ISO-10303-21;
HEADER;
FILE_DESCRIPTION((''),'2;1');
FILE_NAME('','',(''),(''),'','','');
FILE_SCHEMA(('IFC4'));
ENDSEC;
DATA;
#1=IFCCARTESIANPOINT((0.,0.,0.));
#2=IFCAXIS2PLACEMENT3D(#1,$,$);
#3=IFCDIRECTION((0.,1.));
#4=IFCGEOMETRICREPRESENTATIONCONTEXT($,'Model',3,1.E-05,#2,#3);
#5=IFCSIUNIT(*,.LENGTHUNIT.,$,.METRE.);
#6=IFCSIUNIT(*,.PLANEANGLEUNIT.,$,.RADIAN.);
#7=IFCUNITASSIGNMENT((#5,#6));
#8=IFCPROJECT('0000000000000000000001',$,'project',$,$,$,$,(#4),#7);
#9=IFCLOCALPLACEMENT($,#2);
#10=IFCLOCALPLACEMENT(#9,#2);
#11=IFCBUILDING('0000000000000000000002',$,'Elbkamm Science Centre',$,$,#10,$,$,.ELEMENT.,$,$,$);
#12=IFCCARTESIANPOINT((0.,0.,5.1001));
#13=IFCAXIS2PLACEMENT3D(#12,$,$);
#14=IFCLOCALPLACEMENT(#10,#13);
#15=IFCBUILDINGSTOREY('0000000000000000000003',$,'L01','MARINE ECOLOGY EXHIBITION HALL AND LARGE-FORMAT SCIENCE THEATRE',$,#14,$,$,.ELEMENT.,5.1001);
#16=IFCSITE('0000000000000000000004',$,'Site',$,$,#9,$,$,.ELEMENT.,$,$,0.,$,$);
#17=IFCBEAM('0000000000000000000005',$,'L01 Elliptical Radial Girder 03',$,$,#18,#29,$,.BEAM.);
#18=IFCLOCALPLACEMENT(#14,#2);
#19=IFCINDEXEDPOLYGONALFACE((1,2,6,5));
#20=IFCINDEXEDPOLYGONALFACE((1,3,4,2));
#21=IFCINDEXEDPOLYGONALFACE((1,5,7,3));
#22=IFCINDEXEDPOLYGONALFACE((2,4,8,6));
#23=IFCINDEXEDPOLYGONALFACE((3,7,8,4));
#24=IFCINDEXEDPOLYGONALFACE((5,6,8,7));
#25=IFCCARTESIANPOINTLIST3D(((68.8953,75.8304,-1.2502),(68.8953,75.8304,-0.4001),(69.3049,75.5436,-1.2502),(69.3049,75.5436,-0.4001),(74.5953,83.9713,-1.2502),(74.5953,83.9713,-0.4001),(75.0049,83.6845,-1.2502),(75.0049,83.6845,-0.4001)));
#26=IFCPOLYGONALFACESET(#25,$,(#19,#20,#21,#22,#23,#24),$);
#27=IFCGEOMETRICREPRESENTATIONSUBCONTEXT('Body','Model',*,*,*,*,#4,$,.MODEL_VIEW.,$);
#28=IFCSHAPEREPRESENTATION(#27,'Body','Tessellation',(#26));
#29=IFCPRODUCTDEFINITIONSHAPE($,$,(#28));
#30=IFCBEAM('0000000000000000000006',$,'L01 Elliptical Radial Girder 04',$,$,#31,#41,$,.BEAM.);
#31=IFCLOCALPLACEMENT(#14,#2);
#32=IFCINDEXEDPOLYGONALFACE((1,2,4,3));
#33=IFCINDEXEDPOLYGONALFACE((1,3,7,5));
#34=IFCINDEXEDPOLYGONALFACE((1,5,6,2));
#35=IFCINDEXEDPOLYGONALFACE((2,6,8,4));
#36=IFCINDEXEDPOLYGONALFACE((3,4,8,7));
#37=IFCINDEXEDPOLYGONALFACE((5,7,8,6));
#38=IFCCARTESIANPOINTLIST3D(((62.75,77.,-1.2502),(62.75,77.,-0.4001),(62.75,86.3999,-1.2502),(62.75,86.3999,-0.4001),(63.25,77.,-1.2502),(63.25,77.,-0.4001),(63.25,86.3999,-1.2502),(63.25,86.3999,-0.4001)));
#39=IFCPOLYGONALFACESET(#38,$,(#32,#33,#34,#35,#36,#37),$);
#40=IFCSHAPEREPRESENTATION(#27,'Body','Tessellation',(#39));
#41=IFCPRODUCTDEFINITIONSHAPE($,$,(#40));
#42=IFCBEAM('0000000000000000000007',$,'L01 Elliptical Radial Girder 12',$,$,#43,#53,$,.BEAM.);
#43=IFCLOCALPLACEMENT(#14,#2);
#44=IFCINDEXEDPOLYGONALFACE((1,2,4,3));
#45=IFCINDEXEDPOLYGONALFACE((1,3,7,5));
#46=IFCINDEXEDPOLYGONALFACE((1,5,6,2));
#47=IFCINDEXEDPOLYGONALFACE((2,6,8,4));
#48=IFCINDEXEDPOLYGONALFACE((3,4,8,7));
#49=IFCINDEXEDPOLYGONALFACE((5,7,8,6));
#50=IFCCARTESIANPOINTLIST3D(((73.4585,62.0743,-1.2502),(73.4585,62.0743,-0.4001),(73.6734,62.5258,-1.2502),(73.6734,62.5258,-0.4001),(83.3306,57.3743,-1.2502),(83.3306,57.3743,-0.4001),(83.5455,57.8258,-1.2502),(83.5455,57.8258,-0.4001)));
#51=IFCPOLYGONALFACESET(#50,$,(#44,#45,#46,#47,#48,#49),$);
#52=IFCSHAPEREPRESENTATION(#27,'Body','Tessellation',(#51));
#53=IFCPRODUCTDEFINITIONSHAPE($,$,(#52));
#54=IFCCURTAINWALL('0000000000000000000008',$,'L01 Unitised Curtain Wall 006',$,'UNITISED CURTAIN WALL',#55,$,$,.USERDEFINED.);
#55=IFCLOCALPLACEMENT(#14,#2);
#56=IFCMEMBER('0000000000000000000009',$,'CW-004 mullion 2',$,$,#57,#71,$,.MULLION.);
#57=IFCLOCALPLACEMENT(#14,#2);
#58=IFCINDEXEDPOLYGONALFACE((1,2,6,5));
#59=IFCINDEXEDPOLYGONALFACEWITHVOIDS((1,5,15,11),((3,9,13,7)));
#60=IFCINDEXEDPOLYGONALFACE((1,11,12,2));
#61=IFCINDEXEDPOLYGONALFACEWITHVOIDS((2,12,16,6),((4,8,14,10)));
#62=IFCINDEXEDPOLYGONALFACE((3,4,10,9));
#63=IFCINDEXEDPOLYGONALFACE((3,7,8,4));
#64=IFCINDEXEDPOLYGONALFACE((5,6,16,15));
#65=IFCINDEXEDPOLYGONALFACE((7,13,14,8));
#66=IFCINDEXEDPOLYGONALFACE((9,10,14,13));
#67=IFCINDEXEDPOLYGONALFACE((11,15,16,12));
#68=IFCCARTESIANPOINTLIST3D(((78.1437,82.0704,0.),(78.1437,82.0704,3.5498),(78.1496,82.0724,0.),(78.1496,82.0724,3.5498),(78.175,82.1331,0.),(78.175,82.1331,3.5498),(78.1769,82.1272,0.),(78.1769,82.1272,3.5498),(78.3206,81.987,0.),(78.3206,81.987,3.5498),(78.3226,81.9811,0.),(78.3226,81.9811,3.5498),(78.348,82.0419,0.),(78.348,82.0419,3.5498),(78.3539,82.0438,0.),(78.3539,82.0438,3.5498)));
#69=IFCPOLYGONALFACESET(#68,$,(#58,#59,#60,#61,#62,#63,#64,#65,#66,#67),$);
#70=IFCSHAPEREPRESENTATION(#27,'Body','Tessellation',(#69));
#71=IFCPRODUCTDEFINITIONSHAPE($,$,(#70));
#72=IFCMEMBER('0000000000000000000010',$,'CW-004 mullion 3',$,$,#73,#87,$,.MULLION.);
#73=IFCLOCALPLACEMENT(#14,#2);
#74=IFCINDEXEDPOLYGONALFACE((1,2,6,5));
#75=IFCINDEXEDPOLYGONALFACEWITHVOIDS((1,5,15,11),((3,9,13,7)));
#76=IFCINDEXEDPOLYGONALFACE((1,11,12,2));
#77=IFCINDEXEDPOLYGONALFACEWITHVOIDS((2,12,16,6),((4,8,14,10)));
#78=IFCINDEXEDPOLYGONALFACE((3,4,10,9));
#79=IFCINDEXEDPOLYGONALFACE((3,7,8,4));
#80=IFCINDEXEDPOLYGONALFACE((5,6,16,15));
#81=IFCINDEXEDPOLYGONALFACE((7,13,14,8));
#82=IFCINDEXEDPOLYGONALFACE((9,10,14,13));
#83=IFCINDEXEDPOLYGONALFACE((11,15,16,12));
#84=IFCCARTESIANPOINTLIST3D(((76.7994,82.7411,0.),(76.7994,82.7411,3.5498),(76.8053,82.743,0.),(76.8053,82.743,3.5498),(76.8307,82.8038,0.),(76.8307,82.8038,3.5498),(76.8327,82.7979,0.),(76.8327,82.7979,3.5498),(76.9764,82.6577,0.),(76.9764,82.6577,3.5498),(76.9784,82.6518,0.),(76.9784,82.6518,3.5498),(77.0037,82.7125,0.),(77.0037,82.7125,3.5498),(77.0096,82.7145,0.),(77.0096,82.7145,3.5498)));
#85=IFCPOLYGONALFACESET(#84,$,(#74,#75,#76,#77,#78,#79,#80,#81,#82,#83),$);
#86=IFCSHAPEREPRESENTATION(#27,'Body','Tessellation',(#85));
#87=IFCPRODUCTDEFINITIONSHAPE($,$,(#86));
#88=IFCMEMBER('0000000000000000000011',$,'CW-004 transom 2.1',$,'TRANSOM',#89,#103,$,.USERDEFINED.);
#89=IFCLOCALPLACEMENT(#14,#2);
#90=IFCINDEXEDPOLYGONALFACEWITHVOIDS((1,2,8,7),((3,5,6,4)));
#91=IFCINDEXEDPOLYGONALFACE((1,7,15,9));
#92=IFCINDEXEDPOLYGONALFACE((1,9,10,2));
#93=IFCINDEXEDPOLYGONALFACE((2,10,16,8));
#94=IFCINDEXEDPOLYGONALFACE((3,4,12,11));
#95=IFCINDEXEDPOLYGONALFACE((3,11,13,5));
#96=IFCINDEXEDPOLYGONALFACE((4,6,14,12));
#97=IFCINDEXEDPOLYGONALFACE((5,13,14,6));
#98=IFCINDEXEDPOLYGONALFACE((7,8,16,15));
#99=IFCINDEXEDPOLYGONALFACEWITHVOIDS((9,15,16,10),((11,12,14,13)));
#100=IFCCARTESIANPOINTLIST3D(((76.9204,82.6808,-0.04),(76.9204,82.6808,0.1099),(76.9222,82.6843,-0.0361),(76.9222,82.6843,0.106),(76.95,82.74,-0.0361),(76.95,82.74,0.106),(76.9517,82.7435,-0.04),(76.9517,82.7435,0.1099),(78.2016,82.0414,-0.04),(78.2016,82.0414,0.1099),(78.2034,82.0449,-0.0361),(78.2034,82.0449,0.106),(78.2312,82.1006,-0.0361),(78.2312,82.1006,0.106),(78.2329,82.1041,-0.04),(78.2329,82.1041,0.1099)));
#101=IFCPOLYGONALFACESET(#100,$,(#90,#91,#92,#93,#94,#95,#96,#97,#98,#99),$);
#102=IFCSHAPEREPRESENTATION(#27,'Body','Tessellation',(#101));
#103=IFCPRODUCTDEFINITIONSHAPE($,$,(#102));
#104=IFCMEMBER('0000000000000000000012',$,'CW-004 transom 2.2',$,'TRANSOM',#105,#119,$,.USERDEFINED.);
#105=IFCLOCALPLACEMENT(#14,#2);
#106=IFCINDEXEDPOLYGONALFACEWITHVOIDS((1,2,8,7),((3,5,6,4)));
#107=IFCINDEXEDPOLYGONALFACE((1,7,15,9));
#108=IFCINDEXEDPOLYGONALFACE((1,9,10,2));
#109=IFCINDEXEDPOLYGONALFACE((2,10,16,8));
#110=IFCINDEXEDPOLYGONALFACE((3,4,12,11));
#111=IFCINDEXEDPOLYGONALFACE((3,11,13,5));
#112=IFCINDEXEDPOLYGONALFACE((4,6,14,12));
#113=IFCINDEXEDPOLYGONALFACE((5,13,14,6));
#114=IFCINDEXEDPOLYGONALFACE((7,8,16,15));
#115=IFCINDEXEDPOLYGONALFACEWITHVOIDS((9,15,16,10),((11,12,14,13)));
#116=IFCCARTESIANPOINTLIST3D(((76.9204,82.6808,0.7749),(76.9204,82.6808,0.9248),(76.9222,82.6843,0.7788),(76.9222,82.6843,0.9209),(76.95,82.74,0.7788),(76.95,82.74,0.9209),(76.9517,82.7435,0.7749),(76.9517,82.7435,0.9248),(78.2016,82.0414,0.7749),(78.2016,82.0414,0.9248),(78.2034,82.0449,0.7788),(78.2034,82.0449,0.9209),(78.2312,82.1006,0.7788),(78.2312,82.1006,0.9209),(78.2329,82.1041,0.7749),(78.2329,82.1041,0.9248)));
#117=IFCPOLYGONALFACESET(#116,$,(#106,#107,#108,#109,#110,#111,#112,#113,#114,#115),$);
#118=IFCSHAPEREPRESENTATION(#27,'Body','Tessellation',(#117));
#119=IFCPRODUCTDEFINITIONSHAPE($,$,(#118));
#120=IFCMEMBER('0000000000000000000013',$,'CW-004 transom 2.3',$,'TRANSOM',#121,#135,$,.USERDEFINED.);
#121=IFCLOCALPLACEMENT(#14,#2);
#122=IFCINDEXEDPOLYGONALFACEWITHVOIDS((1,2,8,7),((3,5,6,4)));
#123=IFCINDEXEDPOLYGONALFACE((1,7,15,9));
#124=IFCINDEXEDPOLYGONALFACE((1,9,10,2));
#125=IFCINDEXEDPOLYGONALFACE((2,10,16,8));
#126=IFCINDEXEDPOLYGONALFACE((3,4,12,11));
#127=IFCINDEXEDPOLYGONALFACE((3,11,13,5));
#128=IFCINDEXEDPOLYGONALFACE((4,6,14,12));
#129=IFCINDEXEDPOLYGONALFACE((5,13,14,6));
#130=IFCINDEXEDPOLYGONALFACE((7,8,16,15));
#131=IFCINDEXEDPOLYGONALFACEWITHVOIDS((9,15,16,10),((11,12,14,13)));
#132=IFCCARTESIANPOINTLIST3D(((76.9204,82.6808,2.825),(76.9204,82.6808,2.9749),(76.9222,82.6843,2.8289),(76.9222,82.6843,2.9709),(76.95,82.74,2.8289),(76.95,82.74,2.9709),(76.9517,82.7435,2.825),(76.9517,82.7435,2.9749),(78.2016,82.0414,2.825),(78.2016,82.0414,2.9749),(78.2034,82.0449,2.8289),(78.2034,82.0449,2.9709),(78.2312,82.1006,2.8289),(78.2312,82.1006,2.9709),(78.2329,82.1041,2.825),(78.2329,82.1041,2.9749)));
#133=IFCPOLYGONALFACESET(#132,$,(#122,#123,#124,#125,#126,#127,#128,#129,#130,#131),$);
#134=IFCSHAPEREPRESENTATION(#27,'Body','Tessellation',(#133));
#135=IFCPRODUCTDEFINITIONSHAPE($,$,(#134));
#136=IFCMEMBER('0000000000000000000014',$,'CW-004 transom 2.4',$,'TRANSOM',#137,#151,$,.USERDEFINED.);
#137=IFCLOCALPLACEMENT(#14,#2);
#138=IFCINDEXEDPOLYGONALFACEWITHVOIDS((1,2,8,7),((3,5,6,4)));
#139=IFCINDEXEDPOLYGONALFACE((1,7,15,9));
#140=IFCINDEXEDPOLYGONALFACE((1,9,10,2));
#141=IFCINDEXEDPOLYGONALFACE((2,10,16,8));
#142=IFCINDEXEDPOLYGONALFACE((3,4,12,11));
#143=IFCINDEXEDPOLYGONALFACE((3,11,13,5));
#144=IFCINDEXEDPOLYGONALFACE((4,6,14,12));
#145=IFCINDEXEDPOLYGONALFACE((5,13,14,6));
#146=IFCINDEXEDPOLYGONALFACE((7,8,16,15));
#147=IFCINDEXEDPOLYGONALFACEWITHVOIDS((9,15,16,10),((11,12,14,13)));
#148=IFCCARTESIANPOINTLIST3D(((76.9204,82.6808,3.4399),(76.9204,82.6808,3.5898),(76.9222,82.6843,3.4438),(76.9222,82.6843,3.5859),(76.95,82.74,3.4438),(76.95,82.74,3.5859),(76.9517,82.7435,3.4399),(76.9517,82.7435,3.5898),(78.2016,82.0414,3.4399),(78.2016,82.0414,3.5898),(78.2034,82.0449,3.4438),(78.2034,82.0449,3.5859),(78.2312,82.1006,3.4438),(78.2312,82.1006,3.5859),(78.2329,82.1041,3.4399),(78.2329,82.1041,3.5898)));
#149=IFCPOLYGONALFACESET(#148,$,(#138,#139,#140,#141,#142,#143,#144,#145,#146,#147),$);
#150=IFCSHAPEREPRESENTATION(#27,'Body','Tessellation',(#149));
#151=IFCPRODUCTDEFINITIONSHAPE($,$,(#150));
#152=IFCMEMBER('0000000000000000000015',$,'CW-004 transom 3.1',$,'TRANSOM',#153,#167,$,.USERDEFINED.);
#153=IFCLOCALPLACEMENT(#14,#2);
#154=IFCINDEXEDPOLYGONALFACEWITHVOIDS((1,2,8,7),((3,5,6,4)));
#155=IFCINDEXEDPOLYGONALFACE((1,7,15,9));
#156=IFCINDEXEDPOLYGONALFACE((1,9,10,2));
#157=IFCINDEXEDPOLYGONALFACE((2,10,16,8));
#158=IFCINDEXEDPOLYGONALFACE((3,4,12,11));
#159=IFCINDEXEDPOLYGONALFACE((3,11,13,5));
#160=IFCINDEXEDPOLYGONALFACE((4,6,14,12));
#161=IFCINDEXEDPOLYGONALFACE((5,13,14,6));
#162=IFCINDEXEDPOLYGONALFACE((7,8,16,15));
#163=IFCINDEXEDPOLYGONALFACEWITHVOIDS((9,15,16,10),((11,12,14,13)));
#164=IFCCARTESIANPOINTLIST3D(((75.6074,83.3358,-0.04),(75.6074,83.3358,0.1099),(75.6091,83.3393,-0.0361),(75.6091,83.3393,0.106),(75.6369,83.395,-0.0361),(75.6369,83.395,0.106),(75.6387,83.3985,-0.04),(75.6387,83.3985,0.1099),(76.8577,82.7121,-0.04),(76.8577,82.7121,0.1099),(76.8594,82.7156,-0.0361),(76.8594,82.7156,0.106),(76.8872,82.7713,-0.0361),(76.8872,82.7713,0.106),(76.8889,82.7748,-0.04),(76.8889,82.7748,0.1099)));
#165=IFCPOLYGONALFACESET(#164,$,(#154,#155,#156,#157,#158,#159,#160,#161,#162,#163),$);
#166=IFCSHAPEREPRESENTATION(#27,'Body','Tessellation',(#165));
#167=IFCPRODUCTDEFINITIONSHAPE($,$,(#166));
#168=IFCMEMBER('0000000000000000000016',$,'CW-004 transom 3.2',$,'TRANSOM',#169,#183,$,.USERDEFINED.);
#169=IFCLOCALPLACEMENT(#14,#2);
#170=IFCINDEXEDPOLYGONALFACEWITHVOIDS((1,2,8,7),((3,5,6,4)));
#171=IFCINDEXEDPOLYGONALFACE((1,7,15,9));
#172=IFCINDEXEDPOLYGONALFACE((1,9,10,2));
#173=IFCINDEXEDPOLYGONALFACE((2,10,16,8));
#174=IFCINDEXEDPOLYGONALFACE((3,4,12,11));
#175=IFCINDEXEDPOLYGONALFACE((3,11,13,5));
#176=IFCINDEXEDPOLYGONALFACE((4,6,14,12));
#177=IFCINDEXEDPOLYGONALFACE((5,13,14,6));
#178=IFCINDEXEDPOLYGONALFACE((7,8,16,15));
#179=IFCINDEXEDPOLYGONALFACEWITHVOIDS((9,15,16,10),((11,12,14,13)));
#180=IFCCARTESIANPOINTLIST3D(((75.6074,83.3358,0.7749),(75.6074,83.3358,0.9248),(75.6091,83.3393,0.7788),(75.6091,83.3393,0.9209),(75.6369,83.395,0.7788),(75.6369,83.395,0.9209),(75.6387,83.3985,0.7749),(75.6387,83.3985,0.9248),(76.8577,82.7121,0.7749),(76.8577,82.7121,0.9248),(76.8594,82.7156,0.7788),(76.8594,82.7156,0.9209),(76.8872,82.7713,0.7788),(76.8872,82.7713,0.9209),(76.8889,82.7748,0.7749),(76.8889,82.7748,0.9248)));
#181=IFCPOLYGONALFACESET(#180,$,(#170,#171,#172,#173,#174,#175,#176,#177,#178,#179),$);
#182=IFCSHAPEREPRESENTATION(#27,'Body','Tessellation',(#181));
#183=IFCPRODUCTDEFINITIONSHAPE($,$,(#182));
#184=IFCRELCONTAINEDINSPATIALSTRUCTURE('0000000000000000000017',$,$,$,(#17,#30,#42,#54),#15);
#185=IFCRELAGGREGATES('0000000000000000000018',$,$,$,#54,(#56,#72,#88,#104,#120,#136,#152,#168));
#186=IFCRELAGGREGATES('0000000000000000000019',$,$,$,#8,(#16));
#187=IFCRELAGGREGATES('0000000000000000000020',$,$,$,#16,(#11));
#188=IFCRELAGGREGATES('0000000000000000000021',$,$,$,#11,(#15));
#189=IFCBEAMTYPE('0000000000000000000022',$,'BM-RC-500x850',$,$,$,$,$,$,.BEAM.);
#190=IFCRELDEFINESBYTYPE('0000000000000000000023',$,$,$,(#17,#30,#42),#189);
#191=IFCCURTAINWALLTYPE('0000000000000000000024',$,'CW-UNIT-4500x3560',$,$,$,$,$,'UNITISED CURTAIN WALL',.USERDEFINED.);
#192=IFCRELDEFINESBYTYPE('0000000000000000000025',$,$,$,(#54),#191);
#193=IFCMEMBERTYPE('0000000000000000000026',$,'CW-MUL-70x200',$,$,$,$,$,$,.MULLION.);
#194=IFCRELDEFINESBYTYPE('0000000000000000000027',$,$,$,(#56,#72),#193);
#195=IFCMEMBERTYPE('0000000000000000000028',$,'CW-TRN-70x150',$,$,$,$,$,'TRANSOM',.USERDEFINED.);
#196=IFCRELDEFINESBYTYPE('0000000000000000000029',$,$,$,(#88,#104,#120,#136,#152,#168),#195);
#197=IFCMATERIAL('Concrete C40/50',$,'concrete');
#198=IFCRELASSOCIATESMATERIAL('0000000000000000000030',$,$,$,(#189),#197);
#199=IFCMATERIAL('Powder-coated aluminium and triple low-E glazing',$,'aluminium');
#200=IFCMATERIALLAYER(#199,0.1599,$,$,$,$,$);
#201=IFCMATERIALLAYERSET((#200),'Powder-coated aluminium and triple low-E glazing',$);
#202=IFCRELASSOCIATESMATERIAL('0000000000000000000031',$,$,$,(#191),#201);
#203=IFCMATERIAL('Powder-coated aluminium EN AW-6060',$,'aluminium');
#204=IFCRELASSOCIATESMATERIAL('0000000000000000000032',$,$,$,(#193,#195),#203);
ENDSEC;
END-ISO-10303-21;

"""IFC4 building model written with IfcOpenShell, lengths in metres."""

from ifc_helpers import new_model, si_unit, direction, frame, origin, origin_2d, place, context, subcontext, project, spatial, rectangle, hollow_rectangle, extrude, material, layer, layer_set, material_profile, profile_set, type_object, element, aggregate, save


model = new_model("IFC4")

# Units and contexts
model_context = context("Model", 3, precision=1e-05, world=origin(), true_north=direction((0.0, 1.0)))
body_context = subcontext(model_context, "Body", "Model", "MODEL_VIEW")
ifc_project = project(units=[si_unit("LENGTHUNIT", "METRE"), si_unit("PLANEANGLEUNIT", "RADIAN")], contexts=[model_context])

# Site, building, storey
site_placement = place(None, origin())
site = spatial("IfcSite", under=ifc_project, at=site_placement, Name="Site", CompositionType="ELEMENT", RefElevation=0.0)
building_placement = place(site_placement, origin())
building = spatial("IfcBuilding", under=site, at=building_placement, Name="Elbkamm Science Centre", CompositionType="ELEMENT")
storey_placement = place(building_placement, frame((0.0, 0.0, 5.1001)))
storey = spatial("IfcBuildingStorey", under=building, at=storey_placement, Name="L01", Description="MARINE ECOLOGY EXHIBITION HALL AND LARGE-FORMAT SCIENCE THEATRE", CompositionType="ELEMENT", Elevation=5.1001)

# Shared definitions
ifc_material_1 = material(Name="Concrete C40/50", Category="concrete")

# Beams
ifc_material_profile_1 = material_profile(ifc_material_1, rectangle(XDim=0.5, YDim=0.8501, at=origin_2d()), Name="RC 500x850")
ifc_profile_set_1 = profile_set([ifc_material_profile_1], Name="Concrete C40/50")
beam_type_1 = type_object("IfcBeamType", Name="BM-RC-500x850", PredefinedType="BEAM", material=ifc_profile_set_1)
beam_1_placement = place(storey_placement, frame((69.1001, 75.687, -0.8252), z_axis=(0.573553, 0.819168, 0.0), x_axis=(-0.819168, 0.573553, 0.0)))
element("IfcBeam", 1, at=beam_1_placement, inside=storey, type_object=beam_type_1, Name="L01 Elliptical Radial Girder 03", PredefinedType="BEAM", context=body_context, shape_type="SweptSolid", body=[
    extrude(rectangle(XDim=0.5, YDim=0.8501, at=origin_2d()), origin(), (0.0, 0.0, 1.0), 9.938),
])
beam_2_placement = place(storey_placement, frame((63.0, 77.0, -0.8252), z_axis=(0.0, 1.0, 0.0), x_axis=(-1.0, 0.0, 0.0)))
element("IfcBeam", 2, at=beam_2_placement, inside=storey, type_object=beam_type_1, Name="L01 Elliptical Radial Girder 04", PredefinedType="BEAM", context=body_context, shape_type="SweptSolid", body=[
    extrude(rectangle(XDim=0.5, YDim=0.8501, at=origin_2d()), origin(), (0.0, 0.0, 1.0), 9.3999),
])
beam_3_placement = place(storey_placement, frame((73.5659, 62.3, -0.8252), z_axis=(0.902897, -0.429856, 0.0), x_axis=(0.429856, 0.902897, 0.0)))
element("IfcBeam", 3, at=beam_3_placement, inside=storey, type_object=beam_type_1, Name="L01 Elliptical Radial Girder 12", PredefinedType="BEAM", context=body_context, shape_type="SweptSolid", body=[
    extrude(rectangle(XDim=0.5, YDim=0.8501, at=origin_2d()), origin(), (0.0, 0.0, 1.0), 10.9338),
])

# Curtain wall, members
ifc_material_2 = material(Name="Powder-coated aluminium and triple low-E glazing", Category="aluminium")
ifc_layer_1 = layer(ifc_material_2, 0.1599)
ifc_layer_set_1 = layer_set([ifc_layer_1], Name="Powder-coated aluminium and triple low-E glazing")
curtain_wall_type = type_object("IfcCurtainWallType", Name="CW-UNIT-4500x3560", ElementType="UNITISED CURTAIN WALL", PredefinedType="USERDEFINED", material=ifc_layer_set_1)
curtain_wall_placement = place(storey_placement, origin())
curtain_wall = element("IfcCurtainWall", 4, at=curtain_wall_placement, inside=storey, type_object=curtain_wall_type, Name="L01 Unitised Curtain Wall 006", ObjectType="UNITISED CURTAIN WALL", PredefinedType="USERDEFINED")
ifc_material_3 = material(Name="Powder-coated aluminium EN AW-6060", Category="aluminium")
ifc_material_profile_2 = material_profile(ifc_material_3, hollow_rectangle(XDim=0.0701, YDim=0.2, WallThickness=0.0044, at=origin_2d()), Name="ALU M70x200")
ifc_profile_set_2 = profile_set([ifc_material_profile_2], Name="Powder-coated aluminium EN AW-6060")
member_type_1 = type_object("IfcMemberType", Name="CW-MUL-70x200", PredefinedType="MULLION", material=ifc_profile_set_2)
member_1_placement = place(storey_placement, frame((78.2488, 82.0571, 0.0), z_axis=(0.0, 0.0, 1.0), x_axis=(-0.446441, -0.894813, 0.0)))
member_1 = element("IfcMember", 5, at=member_1_placement, type_object=member_type_1, Name="CW-004 mullion 2", PredefinedType="MULLION", context=body_context, shape_type="SweptSolid", body=[
    extrude(hollow_rectangle(XDim=0.0701, YDim=0.2, WallThickness=0.0044, at=origin_2d()), origin(), (0.0, 0.0, 1.0), 3.5498),
])
member_2_placement = place(storey_placement, frame((76.9045, 82.7278, 0.0), z_axis=(0.0, 0.0, 1.0), x_axis=(-0.446441, -0.894813, 0.0)))
member_2 = element("IfcMember", 6, at=member_2_placement, type_object=member_type_1, Name="CW-004 mullion 3", PredefinedType="MULLION", context=body_context, shape_type="SweptSolid", body=[
    extrude(hollow_rectangle(XDim=0.0701, YDim=0.2, WallThickness=0.0044, at=origin_2d()), origin(), (0.0, 0.0, 1.0), 3.5498),
])
ifc_material_profile_3 = material_profile(ifc_material_3, hollow_rectangle(XDim=0.0701, YDim=0.1499, WallThickness=0.0039, at=origin_2d()), Name="ALU T70x150")
ifc_profile_set_3 = profile_set([ifc_material_profile_3], Name="Powder-coated aluminium EN AW-6060")
member_type_2 = type_object("IfcMemberType", Name="CW-TRN-70x150", ElementType="TRANSOM", PredefinedType="USERDEFINED", material=ifc_profile_set_3)
member_3_placement = place(storey_placement, frame((78.2173, 82.0728, 0.0349), z_axis=(-0.894768, 0.446531, 0.0), x_axis=(-0.446531, -0.894768, 0.0)))
member_3 = element("IfcMember", 7, at=member_3_placement, type_object=member_type_2, Name="CW-004 transom 2.1", ObjectType="TRANSOM", PredefinedType="USERDEFINED", context=body_context, shape_type="SweptSolid", body=[
    extrude(hollow_rectangle(XDim=0.0701, YDim=0.1499, WallThickness=0.0039, at=origin_2d()), origin(), (0.0, 0.0, 1.0), 1.4319),
])
member_4_placement = place(storey_placement, frame((78.2173, 82.0728, 0.8499), z_axis=(-0.894768, 0.446531, 0.0), x_axis=(-0.446531, -0.894768, 0.0)))
member_4 = element("IfcMember", 8, at=member_4_placement, type_object=member_type_2, Name="CW-004 transom 2.2", ObjectType="TRANSOM", PredefinedType="USERDEFINED", context=body_context, shape_type="SweptSolid", body=[
    extrude(hollow_rectangle(XDim=0.0701, YDim=0.1499, WallThickness=0.0039, at=origin_2d()), origin(), (0.0, 0.0, 1.0), 1.4319),
])
member_5_placement = place(storey_placement, frame((78.2173, 82.0728, 2.8999), z_axis=(-0.894768, 0.446531, 0.0), x_axis=(-0.446531, -0.894768, 0.0)))
member_5 = element("IfcMember", 9, at=member_5_placement, type_object=member_type_2, Name="CW-004 transom 2.3", ObjectType="TRANSOM", PredefinedType="USERDEFINED", context=body_context, shape_type="SweptSolid", body=[
    extrude(hollow_rectangle(XDim=0.0701, YDim=0.1499, WallThickness=0.0039, at=origin_2d()), origin(), (0.0, 0.0, 1.0), 1.4319),
])
member_6_placement = place(storey_placement, frame((78.2173, 82.0728, 3.5149), z_axis=(-0.894768, 0.446531, 0.0), x_axis=(-0.446531, -0.894768, 0.0)))
member_6 = element("IfcMember", 10, at=member_6_placement, type_object=member_type_2, Name="CW-004 transom 2.4", ObjectType="TRANSOM", PredefinedType="USERDEFINED", context=body_context, shape_type="SweptSolid", body=[
    extrude(hollow_rectangle(XDim=0.0701, YDim=0.1499, WallThickness=0.0039, at=origin_2d()), origin(), (0.0, 0.0, 1.0), 1.4319),
])
member_7_placement = place(storey_placement, frame((76.8733, 82.7434, 0.0349), z_axis=(-0.894811, 0.446445, 0.0), x_axis=(-0.446445, -0.894811, 0.0)))
member_7 = element("IfcMember", 11, at=member_7_placement, type_object=member_type_2, Name="CW-004 transom 3.1", ObjectType="TRANSOM", PredefinedType="USERDEFINED", context=body_context, shape_type="SweptSolid", body=[
    extrude(hollow_rectangle(XDim=0.0701, YDim=0.1499, WallThickness=0.0039, at=origin_2d()), origin(), (0.0, 0.0, 1.0), 1.3972),
])
member_8_placement = place(storey_placement, frame((76.8733, 82.7434, 0.8499), z_axis=(-0.894811, 0.446445, 0.0), x_axis=(-0.446445, -0.894811, 0.0)))
member_8 = element("IfcMember", 12, at=member_8_placement, type_object=member_type_2, Name="CW-004 transom 3.2", ObjectType="TRANSOM", PredefinedType="USERDEFINED", context=body_context, shape_type="SweptSolid", body=[
    extrude(hollow_rectangle(XDim=0.0701, YDim=0.1499, WallThickness=0.0039, at=origin_2d()), origin(), (0.0, 0.0, 1.0), 1.3972),
])
aggregate(curtain_wall, [member_1, member_2, member_3, member_4, member_5, member_6, member_7, member_8])

save(model, "model.ifc")
